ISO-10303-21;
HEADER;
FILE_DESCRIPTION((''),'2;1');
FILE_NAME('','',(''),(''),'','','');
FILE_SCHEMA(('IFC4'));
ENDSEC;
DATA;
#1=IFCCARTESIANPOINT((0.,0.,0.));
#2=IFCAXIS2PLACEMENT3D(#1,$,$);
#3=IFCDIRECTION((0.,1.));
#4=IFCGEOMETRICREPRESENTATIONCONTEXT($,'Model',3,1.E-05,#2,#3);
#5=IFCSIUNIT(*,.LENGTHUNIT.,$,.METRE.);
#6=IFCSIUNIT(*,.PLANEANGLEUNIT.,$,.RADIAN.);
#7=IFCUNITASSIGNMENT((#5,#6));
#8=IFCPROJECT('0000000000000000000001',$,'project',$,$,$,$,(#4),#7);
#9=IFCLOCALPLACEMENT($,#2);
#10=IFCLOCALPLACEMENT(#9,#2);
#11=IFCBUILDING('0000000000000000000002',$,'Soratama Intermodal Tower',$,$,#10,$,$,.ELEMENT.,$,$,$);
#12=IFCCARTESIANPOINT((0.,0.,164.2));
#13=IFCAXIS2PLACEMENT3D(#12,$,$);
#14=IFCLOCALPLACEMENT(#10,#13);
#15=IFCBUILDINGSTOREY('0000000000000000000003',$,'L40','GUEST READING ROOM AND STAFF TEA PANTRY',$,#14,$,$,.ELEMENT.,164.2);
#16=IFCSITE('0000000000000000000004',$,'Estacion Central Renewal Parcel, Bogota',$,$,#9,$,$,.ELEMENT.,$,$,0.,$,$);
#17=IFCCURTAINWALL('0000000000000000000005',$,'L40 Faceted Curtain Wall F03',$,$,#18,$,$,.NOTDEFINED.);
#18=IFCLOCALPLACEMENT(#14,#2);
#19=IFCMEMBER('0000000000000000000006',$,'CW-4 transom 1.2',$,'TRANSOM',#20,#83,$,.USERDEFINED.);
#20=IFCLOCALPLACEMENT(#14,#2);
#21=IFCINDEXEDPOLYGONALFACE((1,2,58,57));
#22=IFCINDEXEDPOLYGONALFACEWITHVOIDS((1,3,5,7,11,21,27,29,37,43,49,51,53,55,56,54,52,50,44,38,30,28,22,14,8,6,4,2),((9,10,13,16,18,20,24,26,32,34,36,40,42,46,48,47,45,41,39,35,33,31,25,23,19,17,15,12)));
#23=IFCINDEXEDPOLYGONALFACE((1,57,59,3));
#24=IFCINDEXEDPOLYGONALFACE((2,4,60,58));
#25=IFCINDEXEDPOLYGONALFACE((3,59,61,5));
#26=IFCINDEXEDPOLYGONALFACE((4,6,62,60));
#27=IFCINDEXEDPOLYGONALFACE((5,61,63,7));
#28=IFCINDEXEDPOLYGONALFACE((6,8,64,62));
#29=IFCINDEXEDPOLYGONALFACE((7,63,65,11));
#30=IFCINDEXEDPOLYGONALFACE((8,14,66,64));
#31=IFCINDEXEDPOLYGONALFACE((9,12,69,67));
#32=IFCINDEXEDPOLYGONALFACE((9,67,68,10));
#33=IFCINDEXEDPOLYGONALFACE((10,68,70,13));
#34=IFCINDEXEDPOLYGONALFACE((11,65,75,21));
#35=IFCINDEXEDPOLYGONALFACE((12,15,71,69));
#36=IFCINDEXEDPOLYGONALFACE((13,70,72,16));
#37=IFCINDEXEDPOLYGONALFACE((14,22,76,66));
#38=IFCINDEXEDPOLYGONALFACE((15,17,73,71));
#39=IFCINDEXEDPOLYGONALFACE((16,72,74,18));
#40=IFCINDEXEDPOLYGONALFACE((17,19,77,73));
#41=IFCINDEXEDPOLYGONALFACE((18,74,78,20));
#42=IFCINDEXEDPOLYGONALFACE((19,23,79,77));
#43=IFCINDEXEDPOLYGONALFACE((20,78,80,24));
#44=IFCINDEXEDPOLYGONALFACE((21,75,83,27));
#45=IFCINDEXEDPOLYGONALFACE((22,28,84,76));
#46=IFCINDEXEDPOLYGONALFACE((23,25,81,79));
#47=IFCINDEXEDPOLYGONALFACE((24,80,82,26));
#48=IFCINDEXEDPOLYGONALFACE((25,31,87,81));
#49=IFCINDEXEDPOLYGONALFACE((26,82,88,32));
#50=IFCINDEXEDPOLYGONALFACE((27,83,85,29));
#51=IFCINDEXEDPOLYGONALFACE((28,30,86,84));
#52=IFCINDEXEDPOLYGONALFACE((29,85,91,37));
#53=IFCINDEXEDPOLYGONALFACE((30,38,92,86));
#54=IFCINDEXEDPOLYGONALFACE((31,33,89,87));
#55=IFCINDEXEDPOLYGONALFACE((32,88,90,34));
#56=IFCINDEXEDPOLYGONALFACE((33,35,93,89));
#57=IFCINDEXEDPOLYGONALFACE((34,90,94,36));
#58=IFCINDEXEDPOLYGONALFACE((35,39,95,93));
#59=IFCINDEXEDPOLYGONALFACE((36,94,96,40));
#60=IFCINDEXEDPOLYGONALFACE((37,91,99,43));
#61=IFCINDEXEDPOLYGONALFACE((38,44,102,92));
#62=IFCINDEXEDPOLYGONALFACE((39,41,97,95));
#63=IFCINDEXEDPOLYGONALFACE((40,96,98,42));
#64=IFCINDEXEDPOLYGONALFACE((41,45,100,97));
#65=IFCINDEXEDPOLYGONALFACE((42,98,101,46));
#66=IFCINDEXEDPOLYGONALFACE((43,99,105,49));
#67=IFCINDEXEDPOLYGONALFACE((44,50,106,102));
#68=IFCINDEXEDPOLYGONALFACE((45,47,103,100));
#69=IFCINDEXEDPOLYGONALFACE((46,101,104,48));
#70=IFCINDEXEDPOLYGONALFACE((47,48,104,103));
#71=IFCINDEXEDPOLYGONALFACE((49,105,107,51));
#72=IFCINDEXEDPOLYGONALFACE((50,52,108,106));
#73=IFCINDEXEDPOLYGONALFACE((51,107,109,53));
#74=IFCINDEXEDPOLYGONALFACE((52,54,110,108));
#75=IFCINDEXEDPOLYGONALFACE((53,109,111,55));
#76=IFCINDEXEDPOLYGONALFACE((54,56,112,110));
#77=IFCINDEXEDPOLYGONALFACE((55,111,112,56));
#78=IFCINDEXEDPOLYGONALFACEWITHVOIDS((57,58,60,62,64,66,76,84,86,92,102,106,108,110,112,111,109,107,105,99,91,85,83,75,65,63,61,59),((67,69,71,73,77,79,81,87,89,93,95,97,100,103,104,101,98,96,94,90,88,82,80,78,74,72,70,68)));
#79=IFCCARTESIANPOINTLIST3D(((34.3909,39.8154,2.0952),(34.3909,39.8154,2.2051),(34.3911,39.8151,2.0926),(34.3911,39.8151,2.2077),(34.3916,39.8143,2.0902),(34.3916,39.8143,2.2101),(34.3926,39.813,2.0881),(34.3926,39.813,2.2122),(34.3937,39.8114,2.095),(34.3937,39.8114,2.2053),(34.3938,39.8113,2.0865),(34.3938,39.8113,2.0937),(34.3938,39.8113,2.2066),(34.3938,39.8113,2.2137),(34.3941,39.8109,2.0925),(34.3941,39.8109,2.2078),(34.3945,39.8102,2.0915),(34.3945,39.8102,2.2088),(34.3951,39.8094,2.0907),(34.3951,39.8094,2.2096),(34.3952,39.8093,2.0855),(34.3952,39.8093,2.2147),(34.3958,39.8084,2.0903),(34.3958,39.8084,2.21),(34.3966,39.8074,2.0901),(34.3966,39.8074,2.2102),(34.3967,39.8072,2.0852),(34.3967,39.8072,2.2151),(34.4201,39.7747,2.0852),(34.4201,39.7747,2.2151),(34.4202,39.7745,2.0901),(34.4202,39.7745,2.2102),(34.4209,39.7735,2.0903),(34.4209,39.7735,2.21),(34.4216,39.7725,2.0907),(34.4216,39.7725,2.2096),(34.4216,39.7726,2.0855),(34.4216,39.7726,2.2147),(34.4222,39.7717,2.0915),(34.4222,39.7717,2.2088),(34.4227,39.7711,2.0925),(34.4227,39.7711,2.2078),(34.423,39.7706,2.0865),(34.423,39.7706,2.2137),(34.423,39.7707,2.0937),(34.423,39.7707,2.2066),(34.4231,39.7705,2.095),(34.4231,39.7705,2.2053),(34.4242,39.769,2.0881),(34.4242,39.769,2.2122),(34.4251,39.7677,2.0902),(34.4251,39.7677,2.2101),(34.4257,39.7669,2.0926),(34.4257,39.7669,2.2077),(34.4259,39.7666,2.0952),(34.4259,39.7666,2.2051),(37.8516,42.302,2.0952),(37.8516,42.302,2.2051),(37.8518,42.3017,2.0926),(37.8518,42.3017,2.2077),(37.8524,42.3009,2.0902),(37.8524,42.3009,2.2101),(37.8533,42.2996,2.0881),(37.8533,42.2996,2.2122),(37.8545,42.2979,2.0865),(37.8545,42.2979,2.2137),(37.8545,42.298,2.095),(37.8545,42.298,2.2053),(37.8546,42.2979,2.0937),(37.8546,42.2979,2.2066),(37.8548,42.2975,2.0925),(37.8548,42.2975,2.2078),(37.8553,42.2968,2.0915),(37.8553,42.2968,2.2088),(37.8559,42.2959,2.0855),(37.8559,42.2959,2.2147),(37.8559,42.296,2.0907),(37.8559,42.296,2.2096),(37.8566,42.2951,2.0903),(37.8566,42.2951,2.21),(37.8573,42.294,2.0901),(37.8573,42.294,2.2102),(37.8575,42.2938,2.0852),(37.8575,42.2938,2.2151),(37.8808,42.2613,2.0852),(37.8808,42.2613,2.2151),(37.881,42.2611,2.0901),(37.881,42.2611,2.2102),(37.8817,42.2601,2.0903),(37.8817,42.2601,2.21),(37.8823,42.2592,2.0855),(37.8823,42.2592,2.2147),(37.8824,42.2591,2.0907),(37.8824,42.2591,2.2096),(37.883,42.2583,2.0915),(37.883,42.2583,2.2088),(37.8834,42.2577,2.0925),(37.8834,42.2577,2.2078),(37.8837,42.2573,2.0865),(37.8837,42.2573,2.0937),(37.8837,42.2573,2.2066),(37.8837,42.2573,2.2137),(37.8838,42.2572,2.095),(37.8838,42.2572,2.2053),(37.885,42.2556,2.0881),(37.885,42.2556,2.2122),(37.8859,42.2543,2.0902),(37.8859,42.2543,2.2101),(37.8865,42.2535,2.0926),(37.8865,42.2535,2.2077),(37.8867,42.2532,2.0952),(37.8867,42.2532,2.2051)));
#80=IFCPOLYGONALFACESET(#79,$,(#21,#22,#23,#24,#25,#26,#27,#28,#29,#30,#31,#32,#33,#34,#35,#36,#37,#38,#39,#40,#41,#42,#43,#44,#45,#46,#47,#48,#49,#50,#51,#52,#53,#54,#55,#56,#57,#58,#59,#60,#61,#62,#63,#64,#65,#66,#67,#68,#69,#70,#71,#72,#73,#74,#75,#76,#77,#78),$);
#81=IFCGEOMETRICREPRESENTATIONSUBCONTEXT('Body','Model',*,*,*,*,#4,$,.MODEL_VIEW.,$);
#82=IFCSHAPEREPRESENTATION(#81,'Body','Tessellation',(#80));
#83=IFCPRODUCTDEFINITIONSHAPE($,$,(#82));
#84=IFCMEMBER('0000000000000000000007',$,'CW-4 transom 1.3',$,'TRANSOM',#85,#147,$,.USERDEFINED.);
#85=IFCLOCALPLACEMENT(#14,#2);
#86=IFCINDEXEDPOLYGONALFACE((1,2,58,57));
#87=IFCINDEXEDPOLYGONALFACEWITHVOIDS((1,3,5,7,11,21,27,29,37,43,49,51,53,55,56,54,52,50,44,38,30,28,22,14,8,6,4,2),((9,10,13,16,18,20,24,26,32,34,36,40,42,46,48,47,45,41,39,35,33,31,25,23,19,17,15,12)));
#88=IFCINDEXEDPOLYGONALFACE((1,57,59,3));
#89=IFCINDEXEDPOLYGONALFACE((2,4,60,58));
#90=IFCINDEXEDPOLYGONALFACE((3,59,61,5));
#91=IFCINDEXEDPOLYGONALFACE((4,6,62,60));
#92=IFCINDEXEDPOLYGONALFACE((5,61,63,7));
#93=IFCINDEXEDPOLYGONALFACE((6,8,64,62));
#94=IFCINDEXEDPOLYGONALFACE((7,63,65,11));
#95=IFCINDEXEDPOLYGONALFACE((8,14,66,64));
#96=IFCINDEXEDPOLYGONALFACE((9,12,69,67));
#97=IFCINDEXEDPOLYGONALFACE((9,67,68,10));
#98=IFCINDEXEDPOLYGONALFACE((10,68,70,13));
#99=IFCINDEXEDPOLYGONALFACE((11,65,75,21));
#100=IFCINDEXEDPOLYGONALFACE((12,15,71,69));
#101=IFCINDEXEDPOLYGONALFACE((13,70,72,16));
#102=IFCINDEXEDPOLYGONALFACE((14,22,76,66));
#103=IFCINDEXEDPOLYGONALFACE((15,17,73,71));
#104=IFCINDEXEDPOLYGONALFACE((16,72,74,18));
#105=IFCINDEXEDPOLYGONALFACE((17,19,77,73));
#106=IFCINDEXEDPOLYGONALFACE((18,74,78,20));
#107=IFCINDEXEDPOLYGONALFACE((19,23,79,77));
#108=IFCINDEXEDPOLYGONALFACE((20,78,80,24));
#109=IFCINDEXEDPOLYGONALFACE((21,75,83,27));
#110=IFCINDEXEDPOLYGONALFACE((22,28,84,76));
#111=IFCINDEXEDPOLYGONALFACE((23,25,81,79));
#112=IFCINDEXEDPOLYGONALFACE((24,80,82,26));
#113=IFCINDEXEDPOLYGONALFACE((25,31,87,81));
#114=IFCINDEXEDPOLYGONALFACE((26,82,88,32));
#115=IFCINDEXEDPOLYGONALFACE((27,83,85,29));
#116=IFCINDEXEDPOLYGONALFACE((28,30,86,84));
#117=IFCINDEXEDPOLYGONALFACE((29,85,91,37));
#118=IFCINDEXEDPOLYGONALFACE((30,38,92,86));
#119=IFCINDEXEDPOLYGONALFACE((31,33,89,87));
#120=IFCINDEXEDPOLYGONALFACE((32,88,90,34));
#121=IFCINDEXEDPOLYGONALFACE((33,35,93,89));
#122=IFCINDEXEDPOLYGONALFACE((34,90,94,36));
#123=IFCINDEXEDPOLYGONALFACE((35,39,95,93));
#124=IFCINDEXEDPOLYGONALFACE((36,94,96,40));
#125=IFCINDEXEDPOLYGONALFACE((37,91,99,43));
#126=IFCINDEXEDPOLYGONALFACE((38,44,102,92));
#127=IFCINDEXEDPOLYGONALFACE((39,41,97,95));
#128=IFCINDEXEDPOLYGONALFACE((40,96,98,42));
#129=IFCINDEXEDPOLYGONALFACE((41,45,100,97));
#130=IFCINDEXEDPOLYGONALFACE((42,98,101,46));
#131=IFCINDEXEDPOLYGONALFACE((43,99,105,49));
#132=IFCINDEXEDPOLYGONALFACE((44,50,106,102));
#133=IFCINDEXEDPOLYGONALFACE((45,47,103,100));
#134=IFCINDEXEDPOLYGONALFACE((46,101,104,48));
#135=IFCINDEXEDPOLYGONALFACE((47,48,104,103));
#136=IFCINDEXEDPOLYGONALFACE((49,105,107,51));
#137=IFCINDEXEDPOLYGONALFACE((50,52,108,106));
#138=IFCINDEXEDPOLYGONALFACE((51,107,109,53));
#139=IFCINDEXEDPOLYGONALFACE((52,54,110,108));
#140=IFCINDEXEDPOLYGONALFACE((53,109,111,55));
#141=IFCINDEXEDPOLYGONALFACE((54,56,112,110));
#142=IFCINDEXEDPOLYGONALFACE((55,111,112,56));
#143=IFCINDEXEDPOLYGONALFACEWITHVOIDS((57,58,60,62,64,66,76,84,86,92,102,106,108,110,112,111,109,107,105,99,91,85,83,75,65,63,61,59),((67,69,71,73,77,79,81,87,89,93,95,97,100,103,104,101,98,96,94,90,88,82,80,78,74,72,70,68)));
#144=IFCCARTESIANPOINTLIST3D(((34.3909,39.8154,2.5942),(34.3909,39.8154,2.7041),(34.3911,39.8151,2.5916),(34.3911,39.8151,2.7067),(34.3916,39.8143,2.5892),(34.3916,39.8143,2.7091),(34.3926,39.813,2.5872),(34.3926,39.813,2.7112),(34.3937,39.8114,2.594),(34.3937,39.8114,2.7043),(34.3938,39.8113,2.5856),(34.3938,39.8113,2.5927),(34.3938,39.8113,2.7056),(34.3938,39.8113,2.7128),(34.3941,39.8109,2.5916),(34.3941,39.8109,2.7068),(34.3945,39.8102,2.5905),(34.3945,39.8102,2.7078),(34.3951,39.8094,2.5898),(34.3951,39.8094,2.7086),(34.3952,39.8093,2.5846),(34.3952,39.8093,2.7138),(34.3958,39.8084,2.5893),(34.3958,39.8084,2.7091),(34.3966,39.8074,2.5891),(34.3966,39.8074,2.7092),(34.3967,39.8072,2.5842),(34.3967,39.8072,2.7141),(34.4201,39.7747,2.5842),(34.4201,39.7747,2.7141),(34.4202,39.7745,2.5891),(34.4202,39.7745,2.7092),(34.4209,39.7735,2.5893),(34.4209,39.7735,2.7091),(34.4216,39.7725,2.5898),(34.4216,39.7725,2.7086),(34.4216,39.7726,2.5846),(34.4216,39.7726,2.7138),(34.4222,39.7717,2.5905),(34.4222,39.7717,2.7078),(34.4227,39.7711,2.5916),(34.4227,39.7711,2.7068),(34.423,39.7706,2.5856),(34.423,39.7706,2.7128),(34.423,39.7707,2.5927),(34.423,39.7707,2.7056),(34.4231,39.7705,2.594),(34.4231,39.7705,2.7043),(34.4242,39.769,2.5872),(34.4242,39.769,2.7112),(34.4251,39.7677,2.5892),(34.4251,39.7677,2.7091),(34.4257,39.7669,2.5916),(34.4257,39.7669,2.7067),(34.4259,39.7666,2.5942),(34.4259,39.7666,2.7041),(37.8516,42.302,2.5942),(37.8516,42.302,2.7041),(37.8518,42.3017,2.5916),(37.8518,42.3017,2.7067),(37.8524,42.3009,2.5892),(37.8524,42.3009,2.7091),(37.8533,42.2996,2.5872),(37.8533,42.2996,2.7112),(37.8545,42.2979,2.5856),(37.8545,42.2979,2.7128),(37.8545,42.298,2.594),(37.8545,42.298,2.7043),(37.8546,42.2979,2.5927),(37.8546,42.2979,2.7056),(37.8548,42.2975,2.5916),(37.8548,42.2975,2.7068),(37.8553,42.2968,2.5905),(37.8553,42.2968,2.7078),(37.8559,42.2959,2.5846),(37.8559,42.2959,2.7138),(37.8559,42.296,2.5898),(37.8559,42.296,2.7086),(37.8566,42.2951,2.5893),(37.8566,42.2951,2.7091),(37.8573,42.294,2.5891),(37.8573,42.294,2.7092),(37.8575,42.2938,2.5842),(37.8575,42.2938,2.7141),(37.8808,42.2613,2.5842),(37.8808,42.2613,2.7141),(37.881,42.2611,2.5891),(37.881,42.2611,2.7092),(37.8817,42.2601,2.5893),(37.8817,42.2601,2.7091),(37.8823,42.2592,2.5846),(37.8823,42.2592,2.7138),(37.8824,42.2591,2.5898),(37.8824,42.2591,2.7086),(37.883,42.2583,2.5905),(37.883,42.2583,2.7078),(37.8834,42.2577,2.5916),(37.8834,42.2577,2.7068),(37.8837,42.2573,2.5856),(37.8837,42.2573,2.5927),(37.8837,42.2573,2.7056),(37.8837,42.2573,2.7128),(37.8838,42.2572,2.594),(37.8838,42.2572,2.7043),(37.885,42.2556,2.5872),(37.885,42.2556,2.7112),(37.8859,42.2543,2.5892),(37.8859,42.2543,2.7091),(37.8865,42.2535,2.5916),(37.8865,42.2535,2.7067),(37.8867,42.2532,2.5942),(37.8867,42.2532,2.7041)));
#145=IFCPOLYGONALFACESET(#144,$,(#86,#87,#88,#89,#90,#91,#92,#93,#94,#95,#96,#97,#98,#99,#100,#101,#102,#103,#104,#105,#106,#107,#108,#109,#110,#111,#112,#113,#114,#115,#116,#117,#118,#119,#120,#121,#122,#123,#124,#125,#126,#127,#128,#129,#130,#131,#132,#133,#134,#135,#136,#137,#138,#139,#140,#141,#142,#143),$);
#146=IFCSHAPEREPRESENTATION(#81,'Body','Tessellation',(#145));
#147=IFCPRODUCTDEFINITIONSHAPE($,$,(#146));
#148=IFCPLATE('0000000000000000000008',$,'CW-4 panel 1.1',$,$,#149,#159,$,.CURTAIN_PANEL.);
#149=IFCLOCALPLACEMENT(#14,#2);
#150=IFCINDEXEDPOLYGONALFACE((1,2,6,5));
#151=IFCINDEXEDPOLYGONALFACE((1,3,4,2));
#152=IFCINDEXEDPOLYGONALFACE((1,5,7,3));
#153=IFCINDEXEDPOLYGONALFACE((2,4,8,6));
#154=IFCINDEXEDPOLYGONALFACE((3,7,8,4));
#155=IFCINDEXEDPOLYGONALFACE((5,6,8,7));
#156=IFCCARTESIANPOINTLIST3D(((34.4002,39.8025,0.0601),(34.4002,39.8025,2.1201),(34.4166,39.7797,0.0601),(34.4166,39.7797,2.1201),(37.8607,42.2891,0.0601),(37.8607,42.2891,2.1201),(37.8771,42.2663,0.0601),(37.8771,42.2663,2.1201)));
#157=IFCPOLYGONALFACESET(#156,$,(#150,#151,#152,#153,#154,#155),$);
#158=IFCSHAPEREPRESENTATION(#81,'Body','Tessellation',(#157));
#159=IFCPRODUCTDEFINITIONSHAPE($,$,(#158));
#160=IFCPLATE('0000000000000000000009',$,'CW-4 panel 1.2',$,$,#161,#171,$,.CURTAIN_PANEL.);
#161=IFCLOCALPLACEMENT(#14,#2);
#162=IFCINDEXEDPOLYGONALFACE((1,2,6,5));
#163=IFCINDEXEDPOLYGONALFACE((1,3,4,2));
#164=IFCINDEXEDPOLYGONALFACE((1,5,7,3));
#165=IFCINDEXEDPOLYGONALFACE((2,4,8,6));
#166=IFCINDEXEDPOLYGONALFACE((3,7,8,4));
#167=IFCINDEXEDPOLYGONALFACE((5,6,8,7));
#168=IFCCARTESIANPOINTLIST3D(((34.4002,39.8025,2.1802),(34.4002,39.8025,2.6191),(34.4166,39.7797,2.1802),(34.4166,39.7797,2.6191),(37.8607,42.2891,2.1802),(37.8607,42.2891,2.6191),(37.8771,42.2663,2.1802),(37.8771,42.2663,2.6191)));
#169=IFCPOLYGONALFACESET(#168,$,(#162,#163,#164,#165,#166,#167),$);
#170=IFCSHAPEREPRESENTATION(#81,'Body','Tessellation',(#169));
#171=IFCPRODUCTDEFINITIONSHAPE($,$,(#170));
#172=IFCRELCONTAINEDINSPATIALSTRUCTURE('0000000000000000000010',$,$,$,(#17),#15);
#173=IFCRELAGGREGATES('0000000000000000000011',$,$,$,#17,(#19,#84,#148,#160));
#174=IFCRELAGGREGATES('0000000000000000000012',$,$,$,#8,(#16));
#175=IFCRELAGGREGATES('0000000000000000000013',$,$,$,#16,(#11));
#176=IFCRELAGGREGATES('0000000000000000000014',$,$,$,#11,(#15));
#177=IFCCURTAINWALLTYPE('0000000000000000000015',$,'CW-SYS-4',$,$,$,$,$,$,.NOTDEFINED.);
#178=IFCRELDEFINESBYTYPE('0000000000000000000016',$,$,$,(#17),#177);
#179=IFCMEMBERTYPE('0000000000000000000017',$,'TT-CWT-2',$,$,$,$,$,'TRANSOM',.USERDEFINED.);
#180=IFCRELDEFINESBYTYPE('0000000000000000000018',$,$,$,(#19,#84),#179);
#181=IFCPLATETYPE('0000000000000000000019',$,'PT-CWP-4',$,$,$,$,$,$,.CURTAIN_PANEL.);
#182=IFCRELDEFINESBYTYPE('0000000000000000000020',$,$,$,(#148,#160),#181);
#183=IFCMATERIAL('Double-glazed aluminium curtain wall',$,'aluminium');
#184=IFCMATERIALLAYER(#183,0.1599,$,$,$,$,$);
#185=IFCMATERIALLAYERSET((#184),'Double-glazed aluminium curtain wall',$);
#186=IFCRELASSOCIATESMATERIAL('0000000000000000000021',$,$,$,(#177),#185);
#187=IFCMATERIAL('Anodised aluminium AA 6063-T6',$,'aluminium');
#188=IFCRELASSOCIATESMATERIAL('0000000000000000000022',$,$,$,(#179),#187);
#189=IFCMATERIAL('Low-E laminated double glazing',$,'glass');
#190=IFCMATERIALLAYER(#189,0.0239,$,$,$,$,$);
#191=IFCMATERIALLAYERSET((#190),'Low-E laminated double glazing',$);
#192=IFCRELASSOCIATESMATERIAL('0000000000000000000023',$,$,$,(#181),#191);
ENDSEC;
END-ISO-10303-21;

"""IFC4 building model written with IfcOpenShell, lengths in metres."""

from ifc_helpers import new_model, si_unit, direction, frame, origin, origin_2d, place, context, subcontext, project, spatial, rectangle, hollow_rectangle, extrude, material, layer, layer_set, material_profile, profile_set, type_object, element, aggregate, save


model = new_model("IFC4")

# Units and contexts
model_context = context("Model", 3, precision=1e-05, world=origin(), true_north=direction((0.0, 1.0)))
body_context = subcontext(model_context, "Body", "Model", "MODEL_VIEW")
ifc_project = project(units=[si_unit("LENGTHUNIT", "METRE"), si_unit("PLANEANGLEUNIT", "RADIAN")], contexts=[model_context])

# Site, building, storey
site_placement = place(None, origin())
site = spatial("IfcSite", under=ifc_project, at=site_placement, Name="Estacion Central Renewal Parcel, Bogota", CompositionType="ELEMENT", RefElevation=0.0)
building_placement = place(site_placement, origin())
building = spatial("IfcBuilding", under=site, at=building_placement, Name="Soratama Intermodal Tower", CompositionType="ELEMENT")
storey_placement = place(building_placement, frame((0.0, 0.0, 164.2)))
storey = spatial("IfcBuildingStorey", under=building, at=storey_placement, Name="L40", Description="GUEST READING ROOM AND STAFF TEA PANTRY", CompositionType="ELEMENT", Elevation=164.2)

# Curtain wall, members, plates
ifc_material_1 = material(Name="Double-glazed aluminium curtain wall", Category="aluminium")
ifc_layer_1 = layer(ifc_material_1, 0.1599)
ifc_layer_set_1 = layer_set([ifc_layer_1], Name="Double-glazed aluminium curtain wall")
curtain_wall_type = type_object("IfcCurtainWallType", Name="CW-SYS-4", PredefinedType="NOTDEFINED", material=ifc_layer_set_1)
curtain_wall_placement = place(storey_placement, origin())
curtain_wall = element("IfcCurtainWall", 1, at=curtain_wall_placement, inside=storey, type_object=curtain_wall_type, Name="L40 Faceted Curtain Wall F03", PredefinedType="NOTDEFINED")
ifc_material_2 = material(Name="Anodised aluminium AA 6063-T6", Category="aluminium")
ifc_material_profile_1 = material_profile(ifc_material_2, hollow_rectangle(XDim=0.0601, YDim=0.1299, WallThickness=0.0049, InnerFilletRadius=0.0049, OuterFilletRadius=0.01, at=origin_2d()), Name="CWT130X60X5")
ifc_profile_set_1 = profile_set([ifc_material_profile_1], Name="Anodised aluminium AA 6063-T6")
member_type_1 = type_object("IfcMemberType", Name="TT-CWT-2", ElementType="TRANSOM", PredefinedType="USERDEFINED", material=ifc_profile_set_1)
member_1_placement = place(storey_placement, frame((37.8691, 42.2776, 2.1501), z_axis=(-0.812104, -0.583512, 0.0), x_axis=(0.583512, -0.812104, 0.0)))
member_1 = element("IfcMember", 2, at=member_1_placement, type_object=member_type_1, Name="CW-4 transom 1.2", ObjectType="TRANSOM", PredefinedType="USERDEFINED", context=body_context, shape_type="SweptSolid", body=[
    extrude(hollow_rectangle(XDim=0.0601, YDim=0.1299, WallThickness=0.0049, InnerFilletRadius=0.0049, OuterFilletRadius=0.01, at=origin_2d()), origin(), (0.0, 0.0, 1.0), 4.2615),
])
member_2_placement = place(storey_placement, frame((37.8691, 42.2776, 2.6492), z_axis=(-0.812104, -0.583512, 0.0), x_axis=(0.583512, -0.812104, 0.0)))
member_2 = element("IfcMember", 3, at=member_2_placement, type_object=member_type_1, Name="CW-4 transom 1.3", ObjectType="TRANSOM", PredefinedType="USERDEFINED", context=body_context, shape_type="SweptSolid", body=[
    extrude(hollow_rectangle(XDim=0.0601, YDim=0.1299, WallThickness=0.0049, InnerFilletRadius=0.0049, OuterFilletRadius=0.01, at=origin_2d()), origin(), (0.0, 0.0, 1.0), 4.2615),
])
ifc_material_3 = material(Name="Low-E laminated double glazing", Category="glass")
ifc_layer_2 = layer(ifc_material_3, 0.0239)
ifc_layer_set_2 = layer_set([ifc_layer_2], Name="Low-E laminated double glazing")
plate_type = type_object("IfcPlateType", Name="PT-CWP-4", PredefinedType="CURTAIN_PANEL", material=ifc_layer_set_2)
plate_1_placement = place(storey_placement, frame((36.1387, 41.0344, 0.0601), z_axis=(0.0, 0.0, 1.0), x_axis=(-0.812082, -0.583543, 0.0)))
plate_1 = element("IfcPlate", 4, at=plate_1_placement, type_object=plate_type, Name="CW-4 panel 1.1", PredefinedType="CURTAIN_PANEL", context=body_context, shape_type="SweptSolid", body=[
    extrude(rectangle(XDim=4.2612, YDim=0.0281, at=origin_2d()), origin(), (0.0, 0.0, 1.0), 2.0601),
])
plate_2_placement = place(storey_placement, frame((36.1387, 41.0344, 2.1802), z_axis=(0.0, 0.0, 1.0), x_axis=(-0.812082, -0.583543, 0.0)))
plate_2 = element("IfcPlate", 5, at=plate_2_placement, type_object=plate_type, Name="CW-4 panel 1.2", PredefinedType="CURTAIN_PANEL", context=body_context, shape_type="SweptSolid", body=[
    extrude(rectangle(XDim=4.2612, YDim=0.0281, at=origin_2d()), origin(), (0.0, 0.0, 1.0), 0.439),
])
aggregate(curtain_wall, [member_1, member_2, plate_1, plate_2])

save(model, "model.ifc")
